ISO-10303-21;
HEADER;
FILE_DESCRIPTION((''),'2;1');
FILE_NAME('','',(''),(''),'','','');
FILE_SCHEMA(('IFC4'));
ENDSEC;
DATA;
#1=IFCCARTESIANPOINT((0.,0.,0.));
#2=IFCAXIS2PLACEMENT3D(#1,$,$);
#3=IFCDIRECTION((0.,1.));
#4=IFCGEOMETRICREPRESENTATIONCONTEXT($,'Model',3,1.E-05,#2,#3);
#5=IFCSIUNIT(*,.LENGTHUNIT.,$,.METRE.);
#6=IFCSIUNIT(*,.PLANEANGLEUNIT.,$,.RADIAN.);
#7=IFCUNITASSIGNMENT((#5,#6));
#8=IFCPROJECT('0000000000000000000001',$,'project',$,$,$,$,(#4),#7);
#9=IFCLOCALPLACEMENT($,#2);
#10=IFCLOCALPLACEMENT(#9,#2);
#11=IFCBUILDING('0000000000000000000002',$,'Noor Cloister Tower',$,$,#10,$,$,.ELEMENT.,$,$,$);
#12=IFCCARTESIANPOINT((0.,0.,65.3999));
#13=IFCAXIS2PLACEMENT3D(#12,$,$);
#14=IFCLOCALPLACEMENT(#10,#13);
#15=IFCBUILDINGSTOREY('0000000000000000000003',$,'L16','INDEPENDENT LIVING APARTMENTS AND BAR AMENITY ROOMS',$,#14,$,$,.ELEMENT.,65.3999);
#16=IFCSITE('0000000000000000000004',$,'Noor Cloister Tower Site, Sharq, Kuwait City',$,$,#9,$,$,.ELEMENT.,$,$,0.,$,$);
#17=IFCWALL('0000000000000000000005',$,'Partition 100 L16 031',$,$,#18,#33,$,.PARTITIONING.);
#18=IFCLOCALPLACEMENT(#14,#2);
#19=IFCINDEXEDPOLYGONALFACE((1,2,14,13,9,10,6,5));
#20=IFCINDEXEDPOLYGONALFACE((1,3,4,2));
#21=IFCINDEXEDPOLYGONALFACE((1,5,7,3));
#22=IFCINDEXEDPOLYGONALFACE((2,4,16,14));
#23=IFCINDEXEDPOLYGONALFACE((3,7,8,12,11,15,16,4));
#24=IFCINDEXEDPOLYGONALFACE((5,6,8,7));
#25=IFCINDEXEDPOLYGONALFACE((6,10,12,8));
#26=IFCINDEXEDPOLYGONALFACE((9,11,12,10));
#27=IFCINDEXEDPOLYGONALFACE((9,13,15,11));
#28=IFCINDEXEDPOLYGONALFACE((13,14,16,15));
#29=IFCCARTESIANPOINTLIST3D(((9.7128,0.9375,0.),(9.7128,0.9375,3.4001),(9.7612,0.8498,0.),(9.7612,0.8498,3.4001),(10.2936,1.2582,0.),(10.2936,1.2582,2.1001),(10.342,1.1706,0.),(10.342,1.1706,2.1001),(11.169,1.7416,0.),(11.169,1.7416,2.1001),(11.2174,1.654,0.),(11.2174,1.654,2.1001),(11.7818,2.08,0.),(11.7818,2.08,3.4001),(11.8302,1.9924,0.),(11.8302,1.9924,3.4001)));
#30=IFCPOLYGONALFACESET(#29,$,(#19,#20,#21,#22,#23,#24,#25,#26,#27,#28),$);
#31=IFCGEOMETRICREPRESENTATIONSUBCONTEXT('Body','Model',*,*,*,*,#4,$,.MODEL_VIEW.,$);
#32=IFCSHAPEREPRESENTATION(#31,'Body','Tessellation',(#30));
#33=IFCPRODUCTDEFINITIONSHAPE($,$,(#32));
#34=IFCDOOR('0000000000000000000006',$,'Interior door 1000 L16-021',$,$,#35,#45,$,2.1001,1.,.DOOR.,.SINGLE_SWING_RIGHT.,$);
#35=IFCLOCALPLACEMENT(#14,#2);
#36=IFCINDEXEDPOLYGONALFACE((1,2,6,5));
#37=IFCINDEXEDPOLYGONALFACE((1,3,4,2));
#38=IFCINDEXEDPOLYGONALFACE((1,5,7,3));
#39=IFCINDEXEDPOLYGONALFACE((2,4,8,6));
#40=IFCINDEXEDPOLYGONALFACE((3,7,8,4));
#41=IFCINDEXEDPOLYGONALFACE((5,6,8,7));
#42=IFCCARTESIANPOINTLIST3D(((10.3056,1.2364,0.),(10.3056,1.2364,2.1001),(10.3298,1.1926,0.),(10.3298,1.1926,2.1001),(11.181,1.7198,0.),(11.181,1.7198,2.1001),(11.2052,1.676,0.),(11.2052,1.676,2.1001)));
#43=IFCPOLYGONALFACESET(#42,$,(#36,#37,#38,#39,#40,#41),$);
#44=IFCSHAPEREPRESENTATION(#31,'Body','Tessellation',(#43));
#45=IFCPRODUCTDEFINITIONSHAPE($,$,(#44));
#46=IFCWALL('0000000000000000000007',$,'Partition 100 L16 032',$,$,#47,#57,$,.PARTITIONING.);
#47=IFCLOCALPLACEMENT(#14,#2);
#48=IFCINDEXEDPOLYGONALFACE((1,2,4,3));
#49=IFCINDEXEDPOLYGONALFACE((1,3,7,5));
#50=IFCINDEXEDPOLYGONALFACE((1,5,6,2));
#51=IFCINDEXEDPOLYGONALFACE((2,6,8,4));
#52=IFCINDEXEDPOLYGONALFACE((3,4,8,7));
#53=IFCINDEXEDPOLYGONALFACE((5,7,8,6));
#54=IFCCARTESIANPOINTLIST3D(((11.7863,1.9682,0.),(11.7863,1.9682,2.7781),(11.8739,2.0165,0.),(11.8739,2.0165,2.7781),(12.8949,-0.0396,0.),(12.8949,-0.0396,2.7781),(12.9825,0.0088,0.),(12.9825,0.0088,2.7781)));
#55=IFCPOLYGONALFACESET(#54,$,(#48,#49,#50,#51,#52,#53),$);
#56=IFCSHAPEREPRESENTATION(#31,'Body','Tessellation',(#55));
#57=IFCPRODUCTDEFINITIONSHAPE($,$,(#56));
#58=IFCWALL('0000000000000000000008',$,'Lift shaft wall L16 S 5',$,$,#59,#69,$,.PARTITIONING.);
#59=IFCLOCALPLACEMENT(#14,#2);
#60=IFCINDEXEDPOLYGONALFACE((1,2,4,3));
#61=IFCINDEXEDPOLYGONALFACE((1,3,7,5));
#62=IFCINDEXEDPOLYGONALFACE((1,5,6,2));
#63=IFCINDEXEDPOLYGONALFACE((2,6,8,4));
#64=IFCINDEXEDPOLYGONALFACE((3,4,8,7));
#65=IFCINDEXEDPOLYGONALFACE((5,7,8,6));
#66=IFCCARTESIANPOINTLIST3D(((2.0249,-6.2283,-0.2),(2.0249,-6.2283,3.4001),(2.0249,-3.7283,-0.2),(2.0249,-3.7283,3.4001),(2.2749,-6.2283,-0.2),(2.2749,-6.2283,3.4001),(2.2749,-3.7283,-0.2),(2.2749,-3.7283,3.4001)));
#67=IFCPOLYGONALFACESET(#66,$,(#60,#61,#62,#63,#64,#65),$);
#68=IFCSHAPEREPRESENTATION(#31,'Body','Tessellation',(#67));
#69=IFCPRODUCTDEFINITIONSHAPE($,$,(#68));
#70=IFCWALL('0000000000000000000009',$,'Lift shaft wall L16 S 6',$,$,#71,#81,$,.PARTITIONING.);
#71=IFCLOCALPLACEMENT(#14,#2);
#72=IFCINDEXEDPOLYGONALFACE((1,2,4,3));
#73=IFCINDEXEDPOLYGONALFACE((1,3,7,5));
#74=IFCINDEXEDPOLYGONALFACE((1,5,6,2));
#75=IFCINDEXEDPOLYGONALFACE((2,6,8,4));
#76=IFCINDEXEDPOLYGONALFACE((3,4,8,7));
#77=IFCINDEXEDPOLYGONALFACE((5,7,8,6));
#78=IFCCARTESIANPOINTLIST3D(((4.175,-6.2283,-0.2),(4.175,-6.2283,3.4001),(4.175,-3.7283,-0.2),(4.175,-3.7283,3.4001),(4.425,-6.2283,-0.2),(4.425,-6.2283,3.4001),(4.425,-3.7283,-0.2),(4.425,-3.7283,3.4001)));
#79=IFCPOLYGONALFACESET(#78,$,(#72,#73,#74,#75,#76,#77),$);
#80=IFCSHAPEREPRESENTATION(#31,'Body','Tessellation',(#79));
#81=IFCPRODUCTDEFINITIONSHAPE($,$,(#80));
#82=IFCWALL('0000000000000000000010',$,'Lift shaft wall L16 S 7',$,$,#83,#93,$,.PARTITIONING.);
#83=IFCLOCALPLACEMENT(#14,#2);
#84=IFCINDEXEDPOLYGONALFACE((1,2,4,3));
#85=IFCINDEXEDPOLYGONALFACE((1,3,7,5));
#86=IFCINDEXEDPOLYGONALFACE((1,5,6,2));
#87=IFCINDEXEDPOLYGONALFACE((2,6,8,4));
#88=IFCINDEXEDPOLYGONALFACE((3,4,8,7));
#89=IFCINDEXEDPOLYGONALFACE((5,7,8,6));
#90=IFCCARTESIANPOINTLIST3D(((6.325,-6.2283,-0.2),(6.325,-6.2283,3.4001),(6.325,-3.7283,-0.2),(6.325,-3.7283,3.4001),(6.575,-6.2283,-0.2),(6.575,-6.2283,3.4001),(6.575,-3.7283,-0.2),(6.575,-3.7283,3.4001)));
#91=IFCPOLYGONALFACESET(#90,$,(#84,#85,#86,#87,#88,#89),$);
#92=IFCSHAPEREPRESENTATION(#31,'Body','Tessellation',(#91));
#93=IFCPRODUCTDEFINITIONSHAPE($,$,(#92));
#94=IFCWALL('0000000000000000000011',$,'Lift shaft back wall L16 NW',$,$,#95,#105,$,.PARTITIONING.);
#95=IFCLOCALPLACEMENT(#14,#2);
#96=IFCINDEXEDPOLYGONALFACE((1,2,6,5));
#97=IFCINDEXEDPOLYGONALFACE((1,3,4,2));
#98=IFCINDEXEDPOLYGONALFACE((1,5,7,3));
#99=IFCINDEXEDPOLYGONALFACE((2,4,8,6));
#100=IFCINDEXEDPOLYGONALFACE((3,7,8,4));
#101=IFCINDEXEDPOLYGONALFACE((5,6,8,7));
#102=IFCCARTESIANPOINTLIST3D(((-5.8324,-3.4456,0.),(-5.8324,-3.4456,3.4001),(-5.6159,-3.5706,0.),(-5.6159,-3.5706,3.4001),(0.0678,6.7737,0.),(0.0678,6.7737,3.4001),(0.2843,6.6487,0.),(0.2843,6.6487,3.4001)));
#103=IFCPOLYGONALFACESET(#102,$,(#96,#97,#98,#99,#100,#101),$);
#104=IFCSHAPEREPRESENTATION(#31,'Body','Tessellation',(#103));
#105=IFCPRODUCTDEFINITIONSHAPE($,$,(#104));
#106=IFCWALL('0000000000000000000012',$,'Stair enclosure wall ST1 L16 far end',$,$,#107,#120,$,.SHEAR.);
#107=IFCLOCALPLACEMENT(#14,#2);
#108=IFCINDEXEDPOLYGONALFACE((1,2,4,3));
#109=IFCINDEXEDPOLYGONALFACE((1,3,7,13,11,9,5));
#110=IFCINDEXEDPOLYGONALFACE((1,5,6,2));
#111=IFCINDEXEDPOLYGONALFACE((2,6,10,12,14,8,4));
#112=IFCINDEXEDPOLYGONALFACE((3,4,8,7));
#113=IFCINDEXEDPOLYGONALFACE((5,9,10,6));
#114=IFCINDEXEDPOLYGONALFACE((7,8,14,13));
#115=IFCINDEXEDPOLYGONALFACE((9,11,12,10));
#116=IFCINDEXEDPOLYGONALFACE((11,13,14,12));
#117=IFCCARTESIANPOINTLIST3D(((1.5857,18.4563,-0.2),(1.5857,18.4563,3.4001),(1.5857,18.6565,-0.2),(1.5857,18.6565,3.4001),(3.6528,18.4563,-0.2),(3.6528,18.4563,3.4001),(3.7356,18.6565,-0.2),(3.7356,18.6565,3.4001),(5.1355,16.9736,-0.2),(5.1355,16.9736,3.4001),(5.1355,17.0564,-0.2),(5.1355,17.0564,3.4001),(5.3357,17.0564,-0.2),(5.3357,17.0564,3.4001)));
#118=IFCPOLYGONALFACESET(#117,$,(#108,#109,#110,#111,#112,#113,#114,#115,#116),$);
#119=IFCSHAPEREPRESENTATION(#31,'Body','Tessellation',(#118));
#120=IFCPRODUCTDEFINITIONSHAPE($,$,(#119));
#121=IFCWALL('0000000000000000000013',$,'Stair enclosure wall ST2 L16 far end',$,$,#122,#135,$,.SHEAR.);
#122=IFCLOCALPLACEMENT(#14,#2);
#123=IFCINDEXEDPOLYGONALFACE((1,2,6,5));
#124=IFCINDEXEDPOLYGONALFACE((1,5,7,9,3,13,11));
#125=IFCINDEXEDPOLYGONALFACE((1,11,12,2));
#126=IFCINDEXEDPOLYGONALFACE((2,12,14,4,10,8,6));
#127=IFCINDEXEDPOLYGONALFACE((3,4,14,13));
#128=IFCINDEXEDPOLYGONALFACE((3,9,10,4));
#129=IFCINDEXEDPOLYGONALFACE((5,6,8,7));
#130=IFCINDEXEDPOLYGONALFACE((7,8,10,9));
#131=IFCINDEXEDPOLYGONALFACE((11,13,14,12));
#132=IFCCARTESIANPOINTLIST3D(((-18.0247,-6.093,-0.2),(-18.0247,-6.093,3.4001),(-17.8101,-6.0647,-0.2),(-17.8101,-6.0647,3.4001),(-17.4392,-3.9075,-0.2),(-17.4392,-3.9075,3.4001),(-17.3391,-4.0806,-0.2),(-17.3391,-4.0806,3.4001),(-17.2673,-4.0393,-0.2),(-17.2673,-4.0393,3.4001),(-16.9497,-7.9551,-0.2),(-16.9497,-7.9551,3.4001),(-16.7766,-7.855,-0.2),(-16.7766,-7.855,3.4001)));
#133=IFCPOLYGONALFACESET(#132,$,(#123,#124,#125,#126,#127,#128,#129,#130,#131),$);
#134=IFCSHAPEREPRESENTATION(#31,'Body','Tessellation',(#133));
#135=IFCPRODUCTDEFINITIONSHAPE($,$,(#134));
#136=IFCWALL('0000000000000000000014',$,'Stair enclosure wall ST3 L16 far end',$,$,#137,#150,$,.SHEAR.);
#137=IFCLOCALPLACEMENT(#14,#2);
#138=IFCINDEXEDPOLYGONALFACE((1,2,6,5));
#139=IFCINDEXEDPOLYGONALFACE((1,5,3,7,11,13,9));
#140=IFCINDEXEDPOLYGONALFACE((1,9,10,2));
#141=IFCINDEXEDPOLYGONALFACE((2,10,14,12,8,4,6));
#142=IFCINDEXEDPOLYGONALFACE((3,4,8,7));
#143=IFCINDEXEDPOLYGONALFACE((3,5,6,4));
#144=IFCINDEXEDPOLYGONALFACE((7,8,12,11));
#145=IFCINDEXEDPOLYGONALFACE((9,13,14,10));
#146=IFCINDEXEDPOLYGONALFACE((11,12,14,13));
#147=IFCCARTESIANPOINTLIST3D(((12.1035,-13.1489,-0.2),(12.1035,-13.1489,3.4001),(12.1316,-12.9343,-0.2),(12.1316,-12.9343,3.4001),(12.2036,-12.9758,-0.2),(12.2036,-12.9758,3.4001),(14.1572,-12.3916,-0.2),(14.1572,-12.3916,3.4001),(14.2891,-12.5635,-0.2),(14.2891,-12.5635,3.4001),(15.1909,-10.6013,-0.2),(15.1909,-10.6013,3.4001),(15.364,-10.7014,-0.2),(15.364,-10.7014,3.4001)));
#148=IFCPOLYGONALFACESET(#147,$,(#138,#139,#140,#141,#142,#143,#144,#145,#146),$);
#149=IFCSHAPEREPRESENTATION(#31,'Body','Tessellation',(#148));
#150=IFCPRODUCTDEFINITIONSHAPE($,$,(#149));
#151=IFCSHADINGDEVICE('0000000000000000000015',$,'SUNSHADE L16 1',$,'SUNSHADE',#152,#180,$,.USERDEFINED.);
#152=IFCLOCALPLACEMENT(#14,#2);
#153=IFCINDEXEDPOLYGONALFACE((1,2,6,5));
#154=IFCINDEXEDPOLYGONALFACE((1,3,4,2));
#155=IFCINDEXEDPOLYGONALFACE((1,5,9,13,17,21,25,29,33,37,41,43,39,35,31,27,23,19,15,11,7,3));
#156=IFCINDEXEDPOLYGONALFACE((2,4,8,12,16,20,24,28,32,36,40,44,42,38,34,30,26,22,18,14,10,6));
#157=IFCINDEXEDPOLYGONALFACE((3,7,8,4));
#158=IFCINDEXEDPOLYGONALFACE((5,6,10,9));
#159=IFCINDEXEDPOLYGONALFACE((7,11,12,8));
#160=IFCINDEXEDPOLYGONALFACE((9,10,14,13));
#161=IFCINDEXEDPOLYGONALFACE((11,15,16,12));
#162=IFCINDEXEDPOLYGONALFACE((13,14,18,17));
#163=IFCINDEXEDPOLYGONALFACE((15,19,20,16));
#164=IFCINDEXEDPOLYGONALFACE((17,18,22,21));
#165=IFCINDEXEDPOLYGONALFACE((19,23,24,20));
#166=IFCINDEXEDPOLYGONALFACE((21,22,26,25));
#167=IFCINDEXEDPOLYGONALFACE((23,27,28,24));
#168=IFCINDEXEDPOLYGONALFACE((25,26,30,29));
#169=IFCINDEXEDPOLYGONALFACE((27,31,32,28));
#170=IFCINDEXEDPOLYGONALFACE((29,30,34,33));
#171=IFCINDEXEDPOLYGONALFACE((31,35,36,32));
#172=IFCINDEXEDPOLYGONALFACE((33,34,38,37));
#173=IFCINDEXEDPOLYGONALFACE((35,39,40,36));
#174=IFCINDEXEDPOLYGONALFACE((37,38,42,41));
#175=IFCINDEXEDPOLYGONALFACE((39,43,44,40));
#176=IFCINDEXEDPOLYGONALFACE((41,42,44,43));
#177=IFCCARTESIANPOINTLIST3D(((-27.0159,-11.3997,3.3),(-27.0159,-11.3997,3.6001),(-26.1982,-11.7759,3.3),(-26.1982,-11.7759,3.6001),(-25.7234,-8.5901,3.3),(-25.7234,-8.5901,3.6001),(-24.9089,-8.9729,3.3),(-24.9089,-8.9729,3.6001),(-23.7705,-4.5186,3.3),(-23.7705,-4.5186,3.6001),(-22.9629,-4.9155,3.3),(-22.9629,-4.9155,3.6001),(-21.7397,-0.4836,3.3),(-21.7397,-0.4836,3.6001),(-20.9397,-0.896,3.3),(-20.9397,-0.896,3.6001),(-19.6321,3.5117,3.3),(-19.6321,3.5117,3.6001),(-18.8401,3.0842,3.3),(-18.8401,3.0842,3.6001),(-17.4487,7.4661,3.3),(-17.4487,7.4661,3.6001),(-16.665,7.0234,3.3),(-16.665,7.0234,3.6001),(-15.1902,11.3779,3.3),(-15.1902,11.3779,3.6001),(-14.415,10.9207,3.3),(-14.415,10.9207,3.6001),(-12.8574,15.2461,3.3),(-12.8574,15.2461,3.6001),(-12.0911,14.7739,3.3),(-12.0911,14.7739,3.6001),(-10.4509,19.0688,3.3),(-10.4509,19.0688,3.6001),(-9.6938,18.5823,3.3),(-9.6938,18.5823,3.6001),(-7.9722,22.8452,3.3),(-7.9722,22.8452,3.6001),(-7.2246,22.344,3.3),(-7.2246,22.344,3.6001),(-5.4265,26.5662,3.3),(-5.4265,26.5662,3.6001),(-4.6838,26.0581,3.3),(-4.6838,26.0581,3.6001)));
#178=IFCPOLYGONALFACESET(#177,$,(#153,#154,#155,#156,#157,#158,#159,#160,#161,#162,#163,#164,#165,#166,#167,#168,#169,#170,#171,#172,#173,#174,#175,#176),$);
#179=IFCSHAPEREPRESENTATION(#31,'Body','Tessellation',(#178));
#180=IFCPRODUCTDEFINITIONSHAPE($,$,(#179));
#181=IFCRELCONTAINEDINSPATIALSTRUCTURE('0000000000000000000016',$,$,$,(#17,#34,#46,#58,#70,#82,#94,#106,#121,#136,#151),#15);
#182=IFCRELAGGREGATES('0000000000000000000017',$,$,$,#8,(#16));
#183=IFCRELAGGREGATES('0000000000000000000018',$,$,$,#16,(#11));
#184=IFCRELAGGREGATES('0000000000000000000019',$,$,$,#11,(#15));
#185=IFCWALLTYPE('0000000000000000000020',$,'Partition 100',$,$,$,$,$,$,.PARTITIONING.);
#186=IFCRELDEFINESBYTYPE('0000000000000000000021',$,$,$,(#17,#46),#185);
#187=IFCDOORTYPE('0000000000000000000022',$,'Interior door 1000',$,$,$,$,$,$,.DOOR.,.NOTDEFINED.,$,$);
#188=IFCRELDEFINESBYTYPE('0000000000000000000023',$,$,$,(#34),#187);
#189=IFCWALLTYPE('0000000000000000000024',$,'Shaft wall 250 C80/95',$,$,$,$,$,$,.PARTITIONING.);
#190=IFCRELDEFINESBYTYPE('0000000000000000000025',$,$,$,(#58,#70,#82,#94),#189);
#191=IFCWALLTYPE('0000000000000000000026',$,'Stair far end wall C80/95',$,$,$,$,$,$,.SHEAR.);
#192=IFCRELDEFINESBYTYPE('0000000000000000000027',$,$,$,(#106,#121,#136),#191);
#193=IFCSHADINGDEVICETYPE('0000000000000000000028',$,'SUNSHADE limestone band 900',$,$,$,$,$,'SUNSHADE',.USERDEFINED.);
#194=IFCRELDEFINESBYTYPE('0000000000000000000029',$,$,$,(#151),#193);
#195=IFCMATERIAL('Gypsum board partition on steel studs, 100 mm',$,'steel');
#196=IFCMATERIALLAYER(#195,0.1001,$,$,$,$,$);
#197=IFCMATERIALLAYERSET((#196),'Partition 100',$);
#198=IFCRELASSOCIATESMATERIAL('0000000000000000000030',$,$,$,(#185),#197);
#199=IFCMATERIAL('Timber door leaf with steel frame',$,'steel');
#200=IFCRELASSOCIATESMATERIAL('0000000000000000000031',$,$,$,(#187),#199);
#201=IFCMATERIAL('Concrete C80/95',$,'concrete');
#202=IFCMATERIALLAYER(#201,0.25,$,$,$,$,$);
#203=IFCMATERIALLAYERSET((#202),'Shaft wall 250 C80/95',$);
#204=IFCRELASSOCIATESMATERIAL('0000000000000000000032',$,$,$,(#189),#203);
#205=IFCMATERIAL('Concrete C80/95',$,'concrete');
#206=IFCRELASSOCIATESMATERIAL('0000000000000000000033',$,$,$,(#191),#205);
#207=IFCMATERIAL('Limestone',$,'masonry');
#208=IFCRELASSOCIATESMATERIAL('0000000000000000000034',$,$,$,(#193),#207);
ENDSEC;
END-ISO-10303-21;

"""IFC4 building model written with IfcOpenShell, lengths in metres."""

from ifc_helpers import new_model, si_unit, direction, frame, frame_2d, origin, place, context, subcontext, project, spatial, polyline, rectangle, outline, extrude, material, layer, layer_set, type_object, element, fill, save


model = new_model("IFC4")

# Units and contexts
model_context = context("Model", 3, precision=1e-05, world=origin(), true_north=direction((0.0, 1.0)))
body_context = subcontext(model_context, "Body", "Model", "MODEL_VIEW")
ifc_project = project(units=[si_unit("LENGTHUNIT", "METRE"), si_unit("PLANEANGLEUNIT", "RADIAN")], contexts=[model_context])

# Site, building, storey
site_placement = place(None, origin())
site = spatial("IfcSite", under=ifc_project, at=site_placement, Name="Noor Cloister Tower Site, Sharq, Kuwait City", CompositionType="ELEMENT", RefElevation=0.0)
building_placement = place(site_placement, origin())
building = spatial("IfcBuilding", under=site, at=building_placement, Name="Noor Cloister Tower", CompositionType="ELEMENT")
storey_placement = place(building_placement, frame((0.0, 0.0, 65.3999)))
storey = spatial("IfcBuildingStorey", under=building, at=storey_placement, Name="L16", Description="INDEPENDENT LIVING APARTMENTS AND BAR AMENITY ROOMS", CompositionType="ELEMENT", Elevation=65.3999)

# Wall, opening, door
ifc_material_1 = material(Name="Gypsum board partition on steel studs, 100 mm", Category="steel")
ifc_layer_1 = layer(ifc_material_1, 0.1001)
ifc_layer_set_1 = layer_set([ifc_layer_1], Name="Partition 100")
wall_type_1 = type_object("IfcWallType", Name="Partition 100", PredefinedType="PARTITIONING", material=ifc_layer_set_1)
ifc_material_2 = material(Name="Timber door leaf with steel frame", Category="steel")
door_type_1 = type_object("IfcDoorType", Name="Interior door 1000", OperationType="NOTDEFINED", PredefinedType="DOOR", material=ifc_material_2)
wall_1_placement = place(storey_placement, frame((11.8059, 2.0361, 0.0), z_axis=(0.0, 0.0, 1.0), x_axis=(-0.875397, -0.483405, 0.0)))
wall_1 = element("IfcWall", 1, at=wall_1_placement, inside=storey, type_object=wall_type_1, Name="Partition 100 L16 031", PredefinedType="PARTITIONING", context=body_context, shape_type="SweptSolid", body=[
    extrude(rectangle(XDim=2.3635, YDim=0.1001, at=frame_2d((1.1816, 0.0))), origin(), (0.0, 0.0, 1.0), 3.4001),
])
opening_1_placement = place(wall_1_placement, frame((0.7, 0.0, 0.0)))
opening_1 = element("IfcOpeningElement", 2, at=opening_1_placement, cuts=wall_1, PredefinedType="OPENING", context=body_context, shape_type="SweptSolid", body=[
    extrude(rectangle(XDim=1.0, YDim=2.1001, at=frame_2d((0.5, 1.05))), frame((0.0, 0.0601, 0.0), z_axis=(0.0, -1.0, 0.0), x_axis=(1.0, 0.0, 0.0)), (0.0, 0.0, 1.0), 0.1201),
])
door_1_placement = place(opening_1_placement, origin())
door_1 = element("IfcDoor", 3, at=door_1_placement, inside=storey, type_object=door_type_1, Name="Interior door 1000 L16-021", OperationType="SINGLE_SWING_RIGHT", OverallHeight=2.1001, OverallWidth=1.0, PredefinedType="DOOR", context=body_context, shape_type="SweptSolid", body=[
    extrude(rectangle(XDim=1.0, YDim=2.1001, at=frame_2d((0.5, 1.05))), frame((0.0, 0.0249, 0.0), z_axis=(0.0, -1.0, 0.0), x_axis=(1.0, 0.0, 0.0)), (0.0, 0.0, 1.0), 0.05),
])
fill(opening_1, door_1)

# Walls
wall_2_placement = place(storey_placement, frame((12.9387, -0.0154, 0.0), z_axis=(0.0, 0.0, 1.0), x_axis=(-0.483373, 0.875415, 0.0)))
element("IfcWall", 4, at=wall_2_placement, inside=storey, type_object=wall_type_1, Name="Partition 100 L16 032", PredefinedType="PARTITIONING", context=body_context, shape_type="SweptSolid", body=[
    extrude(rectangle(XDim=2.2935, YDim=0.1001, at=frame_2d((1.1467, 0.0))), origin(), (0.0, 0.0, 1.0), 2.7781),
])
ifc_material_3 = material(Name="Concrete C80/95", Category="concrete")
ifc_layer_2 = layer(ifc_material_3, 0.25)
ifc_layer_set_2 = layer_set([ifc_layer_2], Name="Shaft wall 250 C80/95")
wall_type_2 = type_object("IfcWallType", Name="Shaft wall 250 C80/95", PredefinedType="PARTITIONING", material=ifc_layer_set_2)
for number, where, z_axis, x_axis, name in (
    (5, (2.1499, -6.2283, -0.2), (0.0, 0.0, 1.0), (0.0, 1.0, 0.0), "Lift shaft wall L16 S 5"),
    (6, (4.3, -6.2283, -0.2), (0.0, 0.0, 1.0), (0.0, 1.0, 0.0), "Lift shaft wall L16 S 6"),
    (7, (6.45, -6.2283, -0.2), (0.0, 0.0, 1.0), (0.0, 1.0, 0.0), "Lift shaft wall L16 S 7"),
):
    element("IfcWall", number, at=place(storey_placement, frame(where, z_axis=z_axis, x_axis=x_axis)), inside=storey, type_object=wall_type_2, Name=name, PredefinedType="PARTITIONING", context=body_context, shape_type="SweptSolid", body=[
        extrude(rectangle(XDim=2.5, YDim=0.25, at=frame_2d((1.25, 0.0))), origin(), (0.0, 0.0, 1.0), 3.6001),
    ])
wall_3_placement = place(storey_placement, frame((0.176, 6.7112, 0.0), z_axis=(0.0, 0.0, 1.0), x_axis=(-0.500004, -0.866023, 0.0)))
element("IfcWall", 8, at=wall_3_placement, inside=storey, type_object=wall_type_2, Name="Lift shaft back wall L16 NW", PredefinedType="PARTITIONING", context=body_context, shape_type="SweptSolid", body=[
    extrude(rectangle(XDim=11.8003, YDim=0.25, at=frame_2d((5.9001, 0.0))), origin(), (0.0, 0.0, 1.0), 3.4001),
])
ifc_material_4 = material(Name="Concrete C80/95", Category="concrete")
wall_type_3 = type_object("IfcWallType", Name="Stair far end wall C80/95", PredefinedType="SHEAR", material=ifc_material_4)
wall_4_placement = place(storey_placement, frame((0.0, 0.0, -0.2)))
element("IfcWall", 9, at=wall_4_placement, inside=storey, type_object=wall_type_3, Name="Stair enclosure wall ST1 L16 far end", PredefinedType="SHEAR", context=body_context, shape_type="SweptSolid", body=[
    extrude(outline(polyline([(5.3357, 17.0564), (3.7356, 18.6565), (1.5857, 18.6565), (1.5857, 18.4563), (3.6528, 18.4563), (5.1355, 16.9736), (5.1355, 17.0564), (5.1355, 17.0564), (5.1355, 17.0564), (5.1355, 17.0564), (5.1355, 17.0564), (5.1355, 17.0564), (5.1355, 17.0564), (5.1355, 17.0564), (5.1355, 17.0564), (5.1355, 17.0564), (5.1355, 17.0564), (5.1355, 17.0564), (5.1355, 17.0564), (5.1355, 17.0564), (5.1355, 17.0564), (5.1355, 17.0564), (5.1355, 17.0564), (5.3357, 17.0564)])), origin(), (0.0, 0.0, 1.0), 3.6001),
])
wall_5_placement = place(storey_placement, frame((0.0, 0.0, -0.2)))
element("IfcWall", 10, at=wall_5_placement, inside=storey, type_object=wall_type_3, Name="Stair enclosure wall ST2 L16 far end", PredefinedType="SHEAR", context=body_context, shape_type="SweptSolid", body=[
    extrude(outline(polyline([(-17.4392, -3.9075), (-18.0247, -6.093), (-16.9497, -7.9551), (-16.7766, -7.855), (-17.8101, -6.0647), (-17.2673, -4.0393), (-17.3391, -4.0806), (-17.3391, -4.0806), (-17.3391, -4.0806), (-17.3391, -4.0806), (-17.3391, -4.0806), (-17.3391, -4.0806), (-17.3391, -4.0806), (-17.3391, -4.0806), (-17.3391, -4.0806), (-17.3391, -4.0806), (-17.3391, -4.0806), (-17.3391, -4.0806), (-17.3391, -4.0806), (-17.3391, -4.0806), (-17.3391, -4.0806), (-17.3391, -4.0806), (-17.3391, -4.0806), (-17.4392, -3.9075)])), origin(), (0.0, 0.0, 1.0), 3.6001),
])
wall_6_placement = place(storey_placement, frame((0.0, 0.0, -0.2)))
element("IfcWall", 11, at=wall_6_placement, inside=storey, type_object=wall_type_3, Name="Stair enclosure wall ST3 L16 far end", PredefinedType="SHEAR", context=body_context, shape_type="SweptSolid", body=[
    extrude(outline(polyline([(12.1035, -13.1489), (14.2891, -12.5635), (15.364, -10.7014), (15.1909, -10.6013), (14.1572, -12.3916), (12.1316, -12.9343), (12.2036, -12.9758), (12.2036, -12.9758), (12.2036, -12.9758), (12.2036, -12.9758), (12.2036, -12.9758), (12.2036, -12.9758), (12.2036, -12.9758), (12.2036, -12.9758), (12.2036, -12.9758), (12.2036, -12.9758), (12.2036, -12.9758), (12.2036, -12.9758), (12.2036, -12.9758), (12.2036, -12.9758), (12.2036, -12.9758), (12.2036, -12.9758), (12.2036, -12.9758), (12.1035, -13.1489)])), origin(), (0.0, 0.0, 1.0), 3.6001),
])

# Shading device
ifc_material_5 = material(Name="Limestone", Category="masonry")
shading_device_type = type_object("IfcShadingDeviceType", Name="SUNSHADE limestone band 900", ElementType="SUNSHADE", PredefinedType="USERDEFINED", material=ifc_material_5)
shading_device_1_placement = place(storey_placement, frame((0.0, 0.0, 3.3)))
element("IfcShadingDevice", 12, at=shading_device_1_placement, inside=storey, type_object=shading_device_type, Name="SUNSHADE L16 1", ObjectType="SUNSHADE", PredefinedType="USERDEFINED", context=body_context, shape_type="SweptSolid", body=[
    extrude(outline(polyline([(-5.4265, 26.5662), (-7.9722, 22.8452), (-10.4509, 19.0688), (-12.8574, 15.2461), (-15.1902, 11.3779), (-17.4487, 7.4661), (-19.6321, 3.5117), (-21.7397, -0.4836), (-23.7705, -4.5186), (-25.7234, -8.5901), (-27.0159, -11.3997), (-26.1982, -11.7759), (-24.9089, -8.9729), (-22.9629, -4.9155), (-20.9397, -0.896), (-18.8401, 3.0842), (-16.665, 7.0234), (-14.415, 10.9207), (-12.0911, 14.7739), (-9.6938, 18.5823), (-7.2246, 22.344), (-4.6838, 26.0581), (-5.4265, 26.5662)])), origin(), (0.0, 0.0, 1.0), 0.3),
])

save(model, "model.ifc")
